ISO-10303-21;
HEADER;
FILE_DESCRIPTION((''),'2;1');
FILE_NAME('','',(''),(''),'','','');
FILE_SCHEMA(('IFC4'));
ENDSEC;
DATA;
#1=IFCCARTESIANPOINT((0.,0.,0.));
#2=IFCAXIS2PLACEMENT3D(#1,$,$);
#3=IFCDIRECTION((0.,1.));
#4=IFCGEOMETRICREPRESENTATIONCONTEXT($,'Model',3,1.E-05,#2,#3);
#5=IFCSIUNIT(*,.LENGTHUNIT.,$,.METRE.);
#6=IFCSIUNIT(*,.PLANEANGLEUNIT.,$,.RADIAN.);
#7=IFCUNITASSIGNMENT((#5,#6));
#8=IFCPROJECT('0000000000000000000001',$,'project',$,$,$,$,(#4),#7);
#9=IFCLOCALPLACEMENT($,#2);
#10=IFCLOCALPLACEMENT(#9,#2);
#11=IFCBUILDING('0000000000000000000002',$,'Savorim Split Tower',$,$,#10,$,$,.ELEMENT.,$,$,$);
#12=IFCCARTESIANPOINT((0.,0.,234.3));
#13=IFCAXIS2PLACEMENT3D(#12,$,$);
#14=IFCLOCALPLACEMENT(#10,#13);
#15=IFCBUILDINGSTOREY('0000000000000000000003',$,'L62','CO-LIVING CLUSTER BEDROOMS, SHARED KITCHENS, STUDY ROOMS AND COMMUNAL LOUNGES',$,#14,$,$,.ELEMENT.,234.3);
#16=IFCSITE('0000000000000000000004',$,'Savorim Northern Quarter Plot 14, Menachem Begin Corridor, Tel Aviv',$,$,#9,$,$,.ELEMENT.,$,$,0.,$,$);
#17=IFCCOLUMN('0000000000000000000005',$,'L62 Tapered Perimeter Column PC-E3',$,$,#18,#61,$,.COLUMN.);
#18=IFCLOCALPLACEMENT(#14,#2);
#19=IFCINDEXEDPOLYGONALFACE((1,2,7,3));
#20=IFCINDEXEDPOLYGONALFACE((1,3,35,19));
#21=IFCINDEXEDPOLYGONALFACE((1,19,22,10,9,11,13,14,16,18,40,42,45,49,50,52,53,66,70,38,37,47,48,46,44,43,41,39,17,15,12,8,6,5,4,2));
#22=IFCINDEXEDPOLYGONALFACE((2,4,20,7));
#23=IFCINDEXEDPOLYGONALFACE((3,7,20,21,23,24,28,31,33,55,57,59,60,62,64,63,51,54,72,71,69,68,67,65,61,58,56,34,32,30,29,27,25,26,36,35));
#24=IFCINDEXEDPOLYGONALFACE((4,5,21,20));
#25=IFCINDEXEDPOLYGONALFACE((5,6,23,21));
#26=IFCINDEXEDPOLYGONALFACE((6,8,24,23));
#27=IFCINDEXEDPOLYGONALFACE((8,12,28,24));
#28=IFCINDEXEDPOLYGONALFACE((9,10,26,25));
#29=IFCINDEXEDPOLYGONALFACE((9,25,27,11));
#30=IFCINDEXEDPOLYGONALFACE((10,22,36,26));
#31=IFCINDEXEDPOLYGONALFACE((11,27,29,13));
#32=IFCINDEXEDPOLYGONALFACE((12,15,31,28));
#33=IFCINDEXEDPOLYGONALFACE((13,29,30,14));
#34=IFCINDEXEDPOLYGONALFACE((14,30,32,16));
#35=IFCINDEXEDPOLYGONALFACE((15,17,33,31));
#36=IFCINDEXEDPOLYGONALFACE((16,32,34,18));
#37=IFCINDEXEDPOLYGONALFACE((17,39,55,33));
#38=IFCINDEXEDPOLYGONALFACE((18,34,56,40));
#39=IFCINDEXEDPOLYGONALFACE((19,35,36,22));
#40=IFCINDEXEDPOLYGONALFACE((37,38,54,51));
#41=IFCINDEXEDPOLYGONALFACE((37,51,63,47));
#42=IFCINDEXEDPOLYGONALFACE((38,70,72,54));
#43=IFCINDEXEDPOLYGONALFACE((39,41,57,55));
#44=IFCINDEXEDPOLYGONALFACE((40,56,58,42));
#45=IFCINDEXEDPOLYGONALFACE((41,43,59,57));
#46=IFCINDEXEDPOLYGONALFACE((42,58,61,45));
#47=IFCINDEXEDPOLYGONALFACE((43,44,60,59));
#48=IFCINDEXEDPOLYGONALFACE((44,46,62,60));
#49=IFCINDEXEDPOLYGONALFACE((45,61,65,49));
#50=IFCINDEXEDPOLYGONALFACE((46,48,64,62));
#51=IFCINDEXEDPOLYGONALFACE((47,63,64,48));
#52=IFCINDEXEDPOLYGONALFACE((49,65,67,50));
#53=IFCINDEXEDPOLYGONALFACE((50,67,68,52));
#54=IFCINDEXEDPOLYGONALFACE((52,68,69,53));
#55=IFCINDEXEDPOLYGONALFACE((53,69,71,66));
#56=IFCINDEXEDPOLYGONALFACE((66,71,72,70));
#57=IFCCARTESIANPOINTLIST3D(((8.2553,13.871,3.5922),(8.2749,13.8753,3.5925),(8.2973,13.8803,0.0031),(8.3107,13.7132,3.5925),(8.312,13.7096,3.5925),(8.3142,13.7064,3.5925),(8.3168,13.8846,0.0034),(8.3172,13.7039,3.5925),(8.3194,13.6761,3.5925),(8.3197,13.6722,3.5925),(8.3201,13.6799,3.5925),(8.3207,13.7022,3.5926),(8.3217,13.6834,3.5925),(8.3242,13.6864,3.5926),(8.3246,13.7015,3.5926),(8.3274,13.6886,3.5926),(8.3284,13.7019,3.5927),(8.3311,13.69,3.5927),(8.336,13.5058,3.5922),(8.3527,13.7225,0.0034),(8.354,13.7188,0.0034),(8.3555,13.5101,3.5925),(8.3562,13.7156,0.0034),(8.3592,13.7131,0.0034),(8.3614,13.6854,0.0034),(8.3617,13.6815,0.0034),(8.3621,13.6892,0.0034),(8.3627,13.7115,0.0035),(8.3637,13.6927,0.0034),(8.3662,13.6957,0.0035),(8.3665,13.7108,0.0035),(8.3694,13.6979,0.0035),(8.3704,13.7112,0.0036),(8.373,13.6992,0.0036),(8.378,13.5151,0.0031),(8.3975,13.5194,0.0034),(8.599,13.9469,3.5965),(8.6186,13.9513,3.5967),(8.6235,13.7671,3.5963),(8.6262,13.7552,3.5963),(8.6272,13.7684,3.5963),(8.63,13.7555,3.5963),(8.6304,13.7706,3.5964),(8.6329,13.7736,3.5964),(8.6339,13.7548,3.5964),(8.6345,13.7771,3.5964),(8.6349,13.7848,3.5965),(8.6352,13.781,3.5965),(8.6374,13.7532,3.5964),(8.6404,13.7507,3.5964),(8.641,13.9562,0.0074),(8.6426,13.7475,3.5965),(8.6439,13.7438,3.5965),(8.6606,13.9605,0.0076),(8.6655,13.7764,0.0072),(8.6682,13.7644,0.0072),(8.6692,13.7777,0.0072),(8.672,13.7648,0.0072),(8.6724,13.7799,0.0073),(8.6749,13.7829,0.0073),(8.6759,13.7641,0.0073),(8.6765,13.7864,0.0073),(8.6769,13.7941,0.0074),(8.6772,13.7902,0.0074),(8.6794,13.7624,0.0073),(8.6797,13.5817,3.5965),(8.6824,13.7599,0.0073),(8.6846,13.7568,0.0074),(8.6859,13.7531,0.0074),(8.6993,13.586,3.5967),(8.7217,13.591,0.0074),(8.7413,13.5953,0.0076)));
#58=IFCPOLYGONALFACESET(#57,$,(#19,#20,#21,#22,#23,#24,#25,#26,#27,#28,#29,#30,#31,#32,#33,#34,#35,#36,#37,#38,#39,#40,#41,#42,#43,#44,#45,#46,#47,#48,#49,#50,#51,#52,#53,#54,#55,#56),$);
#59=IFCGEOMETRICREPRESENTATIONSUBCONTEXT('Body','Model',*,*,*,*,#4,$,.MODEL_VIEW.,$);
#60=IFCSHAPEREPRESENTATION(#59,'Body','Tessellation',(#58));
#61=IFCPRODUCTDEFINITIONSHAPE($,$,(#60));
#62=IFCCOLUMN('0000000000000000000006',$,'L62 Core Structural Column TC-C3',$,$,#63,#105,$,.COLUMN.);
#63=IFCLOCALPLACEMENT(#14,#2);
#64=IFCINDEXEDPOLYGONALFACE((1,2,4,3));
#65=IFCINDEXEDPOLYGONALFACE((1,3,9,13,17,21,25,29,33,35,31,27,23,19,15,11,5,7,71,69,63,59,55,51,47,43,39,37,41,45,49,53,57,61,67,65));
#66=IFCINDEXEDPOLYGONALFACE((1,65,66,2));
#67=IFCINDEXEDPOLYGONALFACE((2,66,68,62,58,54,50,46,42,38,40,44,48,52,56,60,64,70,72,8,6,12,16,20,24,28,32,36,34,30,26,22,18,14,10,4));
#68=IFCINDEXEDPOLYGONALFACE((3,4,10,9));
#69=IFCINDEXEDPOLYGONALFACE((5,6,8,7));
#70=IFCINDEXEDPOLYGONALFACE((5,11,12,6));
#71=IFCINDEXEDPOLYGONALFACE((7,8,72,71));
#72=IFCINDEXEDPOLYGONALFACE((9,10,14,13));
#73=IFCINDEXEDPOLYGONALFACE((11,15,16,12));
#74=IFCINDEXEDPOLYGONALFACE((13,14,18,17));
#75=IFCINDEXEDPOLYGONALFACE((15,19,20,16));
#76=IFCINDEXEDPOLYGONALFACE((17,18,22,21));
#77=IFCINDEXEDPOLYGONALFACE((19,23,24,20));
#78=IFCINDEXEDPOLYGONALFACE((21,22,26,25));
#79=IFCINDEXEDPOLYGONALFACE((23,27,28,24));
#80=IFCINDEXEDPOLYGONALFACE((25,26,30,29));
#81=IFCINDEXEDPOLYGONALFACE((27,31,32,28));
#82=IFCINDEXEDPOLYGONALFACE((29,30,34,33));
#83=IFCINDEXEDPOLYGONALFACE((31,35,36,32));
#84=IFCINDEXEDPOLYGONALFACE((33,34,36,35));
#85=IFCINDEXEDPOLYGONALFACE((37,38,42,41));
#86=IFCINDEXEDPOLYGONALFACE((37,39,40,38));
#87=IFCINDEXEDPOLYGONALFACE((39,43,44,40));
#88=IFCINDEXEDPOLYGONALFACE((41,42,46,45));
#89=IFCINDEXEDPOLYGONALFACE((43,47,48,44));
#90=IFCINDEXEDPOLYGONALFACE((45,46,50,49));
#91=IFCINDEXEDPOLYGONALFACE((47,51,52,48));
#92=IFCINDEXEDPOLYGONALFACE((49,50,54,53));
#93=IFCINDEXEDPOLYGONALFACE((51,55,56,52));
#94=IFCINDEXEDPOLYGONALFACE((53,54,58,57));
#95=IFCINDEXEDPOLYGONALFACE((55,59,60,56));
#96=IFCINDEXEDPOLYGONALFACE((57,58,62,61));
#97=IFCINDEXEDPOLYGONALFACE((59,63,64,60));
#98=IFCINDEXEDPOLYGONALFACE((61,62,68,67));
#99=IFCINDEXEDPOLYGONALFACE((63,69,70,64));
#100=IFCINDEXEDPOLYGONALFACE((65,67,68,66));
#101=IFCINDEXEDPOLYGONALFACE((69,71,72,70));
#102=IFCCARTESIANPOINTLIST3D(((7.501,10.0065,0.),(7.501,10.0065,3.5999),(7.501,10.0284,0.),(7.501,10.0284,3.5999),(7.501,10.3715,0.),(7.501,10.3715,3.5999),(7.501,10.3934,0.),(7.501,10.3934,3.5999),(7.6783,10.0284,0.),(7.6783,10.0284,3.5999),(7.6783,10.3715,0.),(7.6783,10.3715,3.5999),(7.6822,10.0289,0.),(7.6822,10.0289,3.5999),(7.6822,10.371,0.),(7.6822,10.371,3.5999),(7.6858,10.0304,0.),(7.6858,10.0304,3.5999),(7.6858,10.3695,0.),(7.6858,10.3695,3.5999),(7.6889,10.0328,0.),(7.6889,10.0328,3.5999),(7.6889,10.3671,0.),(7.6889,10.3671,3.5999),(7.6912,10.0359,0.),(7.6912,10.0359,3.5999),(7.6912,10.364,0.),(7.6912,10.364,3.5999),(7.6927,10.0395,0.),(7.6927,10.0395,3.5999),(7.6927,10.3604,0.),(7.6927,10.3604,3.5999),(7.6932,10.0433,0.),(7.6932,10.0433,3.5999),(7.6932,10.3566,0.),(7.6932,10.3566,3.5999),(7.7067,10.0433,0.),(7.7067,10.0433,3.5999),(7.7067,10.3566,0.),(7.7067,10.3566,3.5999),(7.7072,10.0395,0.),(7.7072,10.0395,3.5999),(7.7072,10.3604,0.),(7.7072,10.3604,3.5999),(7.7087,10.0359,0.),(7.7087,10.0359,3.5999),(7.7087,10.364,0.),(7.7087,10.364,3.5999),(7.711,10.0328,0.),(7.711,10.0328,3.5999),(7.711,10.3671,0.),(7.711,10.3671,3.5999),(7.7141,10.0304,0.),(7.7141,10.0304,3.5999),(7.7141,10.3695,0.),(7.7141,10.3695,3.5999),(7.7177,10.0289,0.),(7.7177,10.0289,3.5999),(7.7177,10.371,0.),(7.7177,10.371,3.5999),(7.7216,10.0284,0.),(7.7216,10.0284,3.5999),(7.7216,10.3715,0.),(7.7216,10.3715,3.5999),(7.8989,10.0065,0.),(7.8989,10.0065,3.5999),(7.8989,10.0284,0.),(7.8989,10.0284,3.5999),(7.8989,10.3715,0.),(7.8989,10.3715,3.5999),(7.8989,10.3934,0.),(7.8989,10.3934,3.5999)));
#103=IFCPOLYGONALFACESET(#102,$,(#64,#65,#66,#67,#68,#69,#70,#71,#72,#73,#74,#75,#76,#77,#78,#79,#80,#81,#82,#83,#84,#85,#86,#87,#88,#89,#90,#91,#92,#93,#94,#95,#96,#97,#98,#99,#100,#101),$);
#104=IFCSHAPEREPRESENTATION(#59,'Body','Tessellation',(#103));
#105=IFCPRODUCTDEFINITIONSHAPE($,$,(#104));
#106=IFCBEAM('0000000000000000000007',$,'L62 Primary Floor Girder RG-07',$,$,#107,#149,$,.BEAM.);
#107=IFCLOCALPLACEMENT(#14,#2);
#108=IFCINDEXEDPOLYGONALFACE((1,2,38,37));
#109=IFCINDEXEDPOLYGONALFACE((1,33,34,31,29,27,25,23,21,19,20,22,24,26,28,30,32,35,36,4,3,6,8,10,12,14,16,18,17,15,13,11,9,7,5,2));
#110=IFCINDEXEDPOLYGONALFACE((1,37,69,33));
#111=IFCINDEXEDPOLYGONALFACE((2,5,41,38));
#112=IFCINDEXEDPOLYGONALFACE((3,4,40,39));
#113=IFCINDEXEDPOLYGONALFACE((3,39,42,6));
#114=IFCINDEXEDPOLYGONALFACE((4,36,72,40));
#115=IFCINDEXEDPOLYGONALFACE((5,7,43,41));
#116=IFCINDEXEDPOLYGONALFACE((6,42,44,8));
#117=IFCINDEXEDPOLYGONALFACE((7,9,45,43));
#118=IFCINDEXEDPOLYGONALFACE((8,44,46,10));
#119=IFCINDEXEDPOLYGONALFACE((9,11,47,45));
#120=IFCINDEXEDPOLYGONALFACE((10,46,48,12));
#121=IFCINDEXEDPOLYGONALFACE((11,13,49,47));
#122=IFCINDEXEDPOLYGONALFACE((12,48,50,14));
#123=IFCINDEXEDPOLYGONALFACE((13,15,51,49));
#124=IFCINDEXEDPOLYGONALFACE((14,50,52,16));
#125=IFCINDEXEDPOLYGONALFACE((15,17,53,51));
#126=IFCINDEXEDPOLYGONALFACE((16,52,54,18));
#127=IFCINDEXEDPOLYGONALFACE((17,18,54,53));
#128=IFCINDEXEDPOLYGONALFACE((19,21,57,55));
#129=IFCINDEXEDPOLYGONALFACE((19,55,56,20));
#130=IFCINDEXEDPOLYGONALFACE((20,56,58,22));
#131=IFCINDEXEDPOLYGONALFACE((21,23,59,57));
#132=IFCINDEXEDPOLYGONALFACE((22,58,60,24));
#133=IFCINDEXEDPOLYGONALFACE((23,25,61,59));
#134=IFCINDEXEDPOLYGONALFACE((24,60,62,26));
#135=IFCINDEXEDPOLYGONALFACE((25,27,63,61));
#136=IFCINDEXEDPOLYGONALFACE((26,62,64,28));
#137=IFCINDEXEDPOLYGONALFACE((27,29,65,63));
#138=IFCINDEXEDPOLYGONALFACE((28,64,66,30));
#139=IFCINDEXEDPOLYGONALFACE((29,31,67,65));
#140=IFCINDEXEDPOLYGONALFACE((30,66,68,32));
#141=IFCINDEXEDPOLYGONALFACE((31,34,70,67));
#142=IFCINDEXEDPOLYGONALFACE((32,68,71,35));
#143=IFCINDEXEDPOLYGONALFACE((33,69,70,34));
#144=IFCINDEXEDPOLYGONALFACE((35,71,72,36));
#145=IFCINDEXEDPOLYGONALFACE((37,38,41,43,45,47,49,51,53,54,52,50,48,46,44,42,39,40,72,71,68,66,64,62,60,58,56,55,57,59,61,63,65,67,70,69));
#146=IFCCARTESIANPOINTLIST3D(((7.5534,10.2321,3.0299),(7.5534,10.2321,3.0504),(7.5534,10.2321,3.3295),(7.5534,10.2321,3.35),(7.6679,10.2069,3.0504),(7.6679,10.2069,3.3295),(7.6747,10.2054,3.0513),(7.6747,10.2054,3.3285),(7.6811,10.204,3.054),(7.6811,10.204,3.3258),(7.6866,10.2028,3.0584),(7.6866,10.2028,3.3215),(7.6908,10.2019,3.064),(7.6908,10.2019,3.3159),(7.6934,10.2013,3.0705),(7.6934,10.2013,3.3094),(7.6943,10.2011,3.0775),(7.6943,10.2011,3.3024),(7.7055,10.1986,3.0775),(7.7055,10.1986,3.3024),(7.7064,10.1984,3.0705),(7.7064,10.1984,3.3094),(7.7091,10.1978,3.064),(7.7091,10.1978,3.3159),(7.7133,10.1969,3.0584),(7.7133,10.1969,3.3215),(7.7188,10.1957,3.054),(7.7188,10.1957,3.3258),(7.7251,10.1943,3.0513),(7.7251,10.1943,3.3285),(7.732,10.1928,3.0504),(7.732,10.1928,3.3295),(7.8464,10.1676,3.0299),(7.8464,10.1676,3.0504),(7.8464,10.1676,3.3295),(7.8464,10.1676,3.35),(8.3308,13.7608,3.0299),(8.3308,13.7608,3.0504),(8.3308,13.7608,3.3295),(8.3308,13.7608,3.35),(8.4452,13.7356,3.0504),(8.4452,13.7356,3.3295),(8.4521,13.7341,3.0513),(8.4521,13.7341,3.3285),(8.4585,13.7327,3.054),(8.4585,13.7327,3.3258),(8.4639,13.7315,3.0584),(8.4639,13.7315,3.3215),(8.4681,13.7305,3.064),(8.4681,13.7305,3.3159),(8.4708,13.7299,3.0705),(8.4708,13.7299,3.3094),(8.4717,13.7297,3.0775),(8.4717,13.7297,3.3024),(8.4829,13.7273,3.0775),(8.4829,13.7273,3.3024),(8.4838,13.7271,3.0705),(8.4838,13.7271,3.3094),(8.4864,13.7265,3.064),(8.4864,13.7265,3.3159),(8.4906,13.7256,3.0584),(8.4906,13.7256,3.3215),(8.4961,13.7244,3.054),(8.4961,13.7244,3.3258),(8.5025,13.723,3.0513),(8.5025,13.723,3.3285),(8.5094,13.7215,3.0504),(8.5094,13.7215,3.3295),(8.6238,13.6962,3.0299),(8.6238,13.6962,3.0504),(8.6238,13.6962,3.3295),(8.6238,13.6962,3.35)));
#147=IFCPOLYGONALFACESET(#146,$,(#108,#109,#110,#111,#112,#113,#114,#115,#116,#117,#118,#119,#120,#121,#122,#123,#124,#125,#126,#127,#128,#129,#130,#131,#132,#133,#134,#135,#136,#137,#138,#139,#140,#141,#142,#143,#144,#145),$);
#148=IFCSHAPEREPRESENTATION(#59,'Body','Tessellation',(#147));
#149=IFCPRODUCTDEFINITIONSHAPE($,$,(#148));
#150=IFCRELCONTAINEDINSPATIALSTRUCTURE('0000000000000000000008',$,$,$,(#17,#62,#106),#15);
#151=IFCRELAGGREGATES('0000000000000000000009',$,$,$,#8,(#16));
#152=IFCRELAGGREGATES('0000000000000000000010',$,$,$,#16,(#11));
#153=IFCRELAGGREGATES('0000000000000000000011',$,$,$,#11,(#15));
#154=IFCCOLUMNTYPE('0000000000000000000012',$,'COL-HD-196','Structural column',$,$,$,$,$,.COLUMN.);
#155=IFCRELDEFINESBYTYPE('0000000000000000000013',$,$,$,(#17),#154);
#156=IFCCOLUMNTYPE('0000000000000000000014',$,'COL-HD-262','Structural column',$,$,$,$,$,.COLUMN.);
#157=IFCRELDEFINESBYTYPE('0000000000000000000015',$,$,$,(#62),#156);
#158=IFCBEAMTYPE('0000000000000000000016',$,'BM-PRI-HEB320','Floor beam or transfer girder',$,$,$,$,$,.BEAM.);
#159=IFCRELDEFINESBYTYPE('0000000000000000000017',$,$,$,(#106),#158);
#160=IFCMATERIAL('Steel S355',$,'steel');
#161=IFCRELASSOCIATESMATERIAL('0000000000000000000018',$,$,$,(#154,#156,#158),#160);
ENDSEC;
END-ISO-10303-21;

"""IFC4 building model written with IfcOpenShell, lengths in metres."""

from ifc_helpers import new_model, si_unit, direction, frame, origin, origin_2d, place, context, subcontext, project, spatial, i_section, extrude, material, material_profile, profile_set, type_object, element, save


model = new_model("IFC4")

# Units and contexts
model_context = context("Model", 3, precision=1e-05, world=origin(), true_north=direction((0.0, 1.0)))
body_context = subcontext(model_context, "Body", "Model", "MODEL_VIEW")
ifc_project = project(units=[si_unit("LENGTHUNIT", "METRE"), si_unit("PLANEANGLEUNIT", "RADIAN")], contexts=[model_context])

# Site, building, storey
site_placement = place(None, origin())
site = spatial("IfcSite", under=ifc_project, at=site_placement, Name="Savorim Northern Quarter Plot 14, Menachem Begin Corridor, Tel Aviv", CompositionType="ELEMENT", RefElevation=0.0)
building_placement = place(site_placement, origin())
building = spatial("IfcBuilding", under=site, at=building_placement, Name="Savorim Split Tower", CompositionType="ELEMENT")
storey_placement = place(building_placement, frame((0.0, 0.0, 234.3)))
storey = spatial("IfcBuildingStorey", under=building, at=storey_placement, Name="L62", Description="CO-LIVING CLUSTER BEDROOMS, SHARED KITCHENS, STUDY ROOMS AND COMMUNAL LOUNGES", CompositionType="ELEMENT", Elevation=234.3)

# Columns
ifc_material_1 = material(Name="Steel S355", Category="steel")
ifc_material_profile_1 = material_profile(ifc_material_1, i_section(OverallWidth=0.374, OverallDepth=0.3721, WebThickness=0.0122, FlangeThickness=0.02, FilletRadius=0.0149, at=origin_2d()), Name="HD 360x196")
ifc_profile_set_1 = profile_set([ifc_material_profile_1], Name="Steel S355")
column_type_1 = type_object("IfcColumnType", Name="COL-HD-196", Description="Structural column", PredefinedType="COLUMN", material=ifc_profile_set_1)
column_1_placement = place(storey_placement, frame((8.5193, 13.7378, 0.0054), z_axis=(-0.011699, -0.002585, 0.999928), x_axis=(0.215728, -0.976453, 0.0)))
element("IfcColumn", 1, at=column_1_placement, inside=storey, type_object=column_type_1, Name="L62 Tapered Perimeter Column PC-E3", PredefinedType="COLUMN", context=body_context, shape_type="SweptSolid", body=[
    extrude(i_section(OverallWidth=0.374, OverallDepth=0.3721, WebThickness=0.0122, FlangeThickness=0.02, FilletRadius=0.0149, at=origin_2d()), origin(), (0.0, 0.0, 1.0), 3.5894),
])
ifc_material_profile_2 = material_profile(ifc_material_1, i_section(OverallWidth=0.3979, OverallDepth=0.387, WebThickness=0.0134, FlangeThickness=0.022, FilletRadius=0.0149, at=origin_2d()), Name="HD 400x262")
ifc_profile_set_2 = profile_set([ifc_material_profile_2], Name="Steel S355")
column_type_2 = type_object("IfcColumnType", Name="COL-HD-262", Description="Structural column", PredefinedType="COLUMN", material=ifc_profile_set_2)
column_2_placement = place(storey_placement, frame((7.7, 10.2, 0.0), z_axis=(0.0, 0.0, 1.0), x_axis=(1.0, 0.0, 0.0)))
element("IfcColumn", 2, at=column_2_placement, inside=storey, type_object=column_type_2, Name="L62 Core Structural Column TC-C3", PredefinedType="COLUMN", context=body_context, shape_type="SweptSolid", body=[
    extrude(i_section(OverallWidth=0.3979, OverallDepth=0.387, WebThickness=0.0134, FlangeThickness=0.022, FilletRadius=0.0149, at=origin_2d()), origin(), (0.0, 0.0, 1.0), 3.5999),
])

# Beam
ifc_material_profile_3 = material_profile(ifc_material_1, i_section(OverallWidth=0.3, OverallDepth=0.3201, WebThickness=0.0115, FlangeThickness=0.0205, FilletRadius=0.0271, at=origin_2d()), Name="HEB 320")
ifc_profile_set_3 = profile_set([ifc_material_profile_3], Name="Steel S355")
beam_type_1 = type_object("IfcBeamType", Name="BM-PRI-HEB320", Description="Floor beam or transfer girder", PredefinedType="BEAM", material=ifc_profile_set_3)
beam_1_placement = place(storey_placement, frame((8.4773, 13.7285, 3.1899), z_axis=(-0.215141, -0.976583, 0.0), x_axis=(0.976583, -0.215141, 0.0)))
element("IfcBeam", 3, at=beam_1_placement, inside=storey, type_object=beam_type_1, Name="L62 Primary Floor Girder RG-07", PredefinedType="BEAM", context=body_context, shape_type="SweptSolid", body=[
    extrude(i_section(OverallWidth=0.3, OverallDepth=0.3201, WebThickness=0.0115, FlangeThickness=0.0205, FilletRadius=0.0271, at=origin_2d()), origin(), (0.0, 0.0, 1.0), 3.6133),
])

save(model, "model.ifc")
